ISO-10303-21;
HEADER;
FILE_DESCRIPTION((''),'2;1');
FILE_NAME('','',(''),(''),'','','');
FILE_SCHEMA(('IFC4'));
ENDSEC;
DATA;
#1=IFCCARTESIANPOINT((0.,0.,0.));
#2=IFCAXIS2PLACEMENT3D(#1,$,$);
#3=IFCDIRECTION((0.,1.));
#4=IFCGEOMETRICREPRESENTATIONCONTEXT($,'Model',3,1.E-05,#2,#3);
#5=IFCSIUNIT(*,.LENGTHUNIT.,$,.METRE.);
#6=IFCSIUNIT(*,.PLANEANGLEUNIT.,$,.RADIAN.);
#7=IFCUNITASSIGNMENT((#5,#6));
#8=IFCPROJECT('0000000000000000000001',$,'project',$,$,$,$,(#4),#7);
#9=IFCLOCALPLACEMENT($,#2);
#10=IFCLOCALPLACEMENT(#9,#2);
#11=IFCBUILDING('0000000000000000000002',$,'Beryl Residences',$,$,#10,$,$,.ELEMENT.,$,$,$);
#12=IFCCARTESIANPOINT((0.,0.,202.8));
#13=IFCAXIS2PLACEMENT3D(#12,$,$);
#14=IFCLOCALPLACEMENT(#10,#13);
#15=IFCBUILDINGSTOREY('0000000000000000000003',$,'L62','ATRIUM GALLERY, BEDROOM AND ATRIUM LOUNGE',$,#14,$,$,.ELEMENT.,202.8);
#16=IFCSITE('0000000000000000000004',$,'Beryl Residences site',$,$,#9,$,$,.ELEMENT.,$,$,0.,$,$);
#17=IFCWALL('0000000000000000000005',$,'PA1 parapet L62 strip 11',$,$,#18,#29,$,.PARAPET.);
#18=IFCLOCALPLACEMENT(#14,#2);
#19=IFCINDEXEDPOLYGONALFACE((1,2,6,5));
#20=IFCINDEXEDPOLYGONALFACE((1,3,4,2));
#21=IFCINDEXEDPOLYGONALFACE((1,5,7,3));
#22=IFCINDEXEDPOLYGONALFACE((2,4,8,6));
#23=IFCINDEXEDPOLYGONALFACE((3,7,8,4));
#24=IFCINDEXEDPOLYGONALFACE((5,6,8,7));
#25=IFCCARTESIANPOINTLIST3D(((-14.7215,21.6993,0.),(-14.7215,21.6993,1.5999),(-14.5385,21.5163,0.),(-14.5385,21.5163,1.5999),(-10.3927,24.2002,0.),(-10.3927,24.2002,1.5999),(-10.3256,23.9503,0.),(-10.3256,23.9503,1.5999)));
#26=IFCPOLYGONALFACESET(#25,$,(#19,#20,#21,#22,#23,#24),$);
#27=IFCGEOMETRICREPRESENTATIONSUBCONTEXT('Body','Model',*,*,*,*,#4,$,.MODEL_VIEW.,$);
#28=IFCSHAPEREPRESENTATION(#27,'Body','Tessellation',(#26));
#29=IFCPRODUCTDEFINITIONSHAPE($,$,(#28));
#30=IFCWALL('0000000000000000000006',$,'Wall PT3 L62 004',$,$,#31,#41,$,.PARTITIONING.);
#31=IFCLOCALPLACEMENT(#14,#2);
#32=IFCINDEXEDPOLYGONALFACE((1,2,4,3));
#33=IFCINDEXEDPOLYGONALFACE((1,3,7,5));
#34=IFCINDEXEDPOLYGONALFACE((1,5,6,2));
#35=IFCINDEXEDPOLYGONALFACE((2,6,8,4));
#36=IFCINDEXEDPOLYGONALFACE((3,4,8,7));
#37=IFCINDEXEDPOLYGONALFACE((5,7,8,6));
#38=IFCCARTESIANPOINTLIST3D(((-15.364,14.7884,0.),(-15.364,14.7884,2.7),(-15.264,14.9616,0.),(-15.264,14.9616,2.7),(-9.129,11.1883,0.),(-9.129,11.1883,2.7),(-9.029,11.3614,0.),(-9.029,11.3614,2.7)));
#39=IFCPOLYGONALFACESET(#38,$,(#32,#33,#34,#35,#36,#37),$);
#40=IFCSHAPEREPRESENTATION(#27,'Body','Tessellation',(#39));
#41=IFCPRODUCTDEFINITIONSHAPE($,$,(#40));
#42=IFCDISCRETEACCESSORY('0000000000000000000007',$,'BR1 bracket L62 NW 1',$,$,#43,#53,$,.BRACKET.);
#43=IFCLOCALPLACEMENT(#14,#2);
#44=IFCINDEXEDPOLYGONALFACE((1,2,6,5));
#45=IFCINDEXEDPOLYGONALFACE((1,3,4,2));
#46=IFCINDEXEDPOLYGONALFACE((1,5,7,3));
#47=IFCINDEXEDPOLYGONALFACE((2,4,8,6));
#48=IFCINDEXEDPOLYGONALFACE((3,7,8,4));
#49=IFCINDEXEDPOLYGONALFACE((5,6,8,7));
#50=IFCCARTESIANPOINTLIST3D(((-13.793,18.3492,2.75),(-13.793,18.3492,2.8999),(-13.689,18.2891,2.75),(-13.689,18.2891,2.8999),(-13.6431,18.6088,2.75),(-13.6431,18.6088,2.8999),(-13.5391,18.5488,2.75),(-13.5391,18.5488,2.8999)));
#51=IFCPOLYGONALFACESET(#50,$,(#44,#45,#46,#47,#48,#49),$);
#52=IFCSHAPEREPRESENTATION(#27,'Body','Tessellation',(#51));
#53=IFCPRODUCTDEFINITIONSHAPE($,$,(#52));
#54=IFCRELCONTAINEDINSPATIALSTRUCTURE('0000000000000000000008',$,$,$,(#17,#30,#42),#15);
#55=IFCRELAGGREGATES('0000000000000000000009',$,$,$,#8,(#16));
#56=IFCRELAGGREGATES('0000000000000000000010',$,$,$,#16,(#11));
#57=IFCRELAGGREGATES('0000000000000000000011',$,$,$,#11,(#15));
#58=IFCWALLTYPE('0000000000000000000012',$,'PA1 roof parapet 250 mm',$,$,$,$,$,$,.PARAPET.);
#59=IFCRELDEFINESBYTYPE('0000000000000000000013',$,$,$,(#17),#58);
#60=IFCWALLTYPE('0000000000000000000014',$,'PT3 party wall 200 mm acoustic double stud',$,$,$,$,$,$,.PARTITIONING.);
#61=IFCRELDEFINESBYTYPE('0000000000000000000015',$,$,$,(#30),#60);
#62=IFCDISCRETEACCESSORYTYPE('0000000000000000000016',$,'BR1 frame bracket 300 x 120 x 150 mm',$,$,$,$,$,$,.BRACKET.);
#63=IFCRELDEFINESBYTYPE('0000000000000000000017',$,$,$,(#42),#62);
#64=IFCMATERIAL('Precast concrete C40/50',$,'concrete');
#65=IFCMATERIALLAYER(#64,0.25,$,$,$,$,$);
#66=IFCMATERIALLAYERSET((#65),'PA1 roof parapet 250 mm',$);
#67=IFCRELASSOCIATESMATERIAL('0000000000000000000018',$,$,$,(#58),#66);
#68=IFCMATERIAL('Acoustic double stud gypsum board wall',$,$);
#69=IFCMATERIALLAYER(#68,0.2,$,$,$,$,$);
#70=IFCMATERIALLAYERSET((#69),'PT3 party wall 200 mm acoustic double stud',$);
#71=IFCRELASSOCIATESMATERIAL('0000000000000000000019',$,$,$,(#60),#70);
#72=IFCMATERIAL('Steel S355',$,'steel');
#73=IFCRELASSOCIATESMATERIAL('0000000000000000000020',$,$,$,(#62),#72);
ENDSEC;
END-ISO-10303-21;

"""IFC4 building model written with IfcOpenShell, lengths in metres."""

from ifc_helpers import new_model, si_unit, direction, frame, frame_2d, origin, place, context, subcontext, project, spatial, polyline, rectangle, outline, extrude, source, transform, mapped, material, layer, layer_set, type_object, type_shapes, element, save


model = new_model("IFC4")

# Units and contexts
model_context = context("Model", 3, precision=1e-05, world=origin(), true_north=direction((0.0, 1.0)))
body_context = subcontext(model_context, "Body", "Model", "MODEL_VIEW")
ifc_project = project(units=[si_unit("LENGTHUNIT", "METRE"), si_unit("PLANEANGLEUNIT", "RADIAN")], contexts=[model_context])

# Site, building, storey
site_placement = place(None, origin())
site = spatial("IfcSite", under=ifc_project, at=site_placement, Name="Beryl Residences site", CompositionType="ELEMENT", RefElevation=0.0)
building_placement = place(site_placement, origin())
building = spatial("IfcBuilding", under=site, at=building_placement, Name="Beryl Residences", CompositionType="ELEMENT")
storey_placement = place(building_placement, frame((0.0, 0.0, 202.8)))
storey = spatial("IfcBuildingStorey", under=building, at=storey_placement, Name="L62", Description="ATRIUM GALLERY, BEDROOM AND ATRIUM LOUNGE", CompositionType="ELEMENT", Elevation=202.8)

# Walls
ifc_material_1 = material(Name="Precast concrete C40/50", Category="concrete")
ifc_layer_1 = layer(ifc_material_1, 0.25)
ifc_layer_set_1 = layer_set([ifc_layer_1], Name="PA1 roof parapet 250 mm")
wall_type_1 = type_object("IfcWallType", Name="PA1 roof parapet 250 mm", PredefinedType="PARAPET", material=ifc_layer_set_1)
wall_1_placement = place(storey_placement, frame((-14.6589, 21.5911, 0.0), z_axis=(0.0, 0.0, 1.0), x_axis=(0.865877, 0.500256, 0.0)))
element("IfcWall", 1, at=wall_1_placement, inside=storey, type_object=wall_type_1, Name="PA1 parapet L62 strip 11", PredefinedType="PARAPET", context=body_context, shape_type="SweptSolid", body=[
    extrude(outline(polyline([(0.0669, -0.125), (4.9324, -0.125), (4.9993, 0.125), (0.0, 0.125), (0.0669, -0.125)])), origin(), (0.0, 0.0, 1.0), 1.5999),
])
ifc_material_2 = material(Name="Acoustic double stud gypsum board wall")
ifc_layer_2 = layer(ifc_material_2, 0.2)
ifc_layer_set_2 = layer_set([ifc_layer_2], Name="PT3 party wall 200 mm acoustic double stud")
wall_type_2 = type_object("IfcWallType", Name="PT3 party wall 200 mm acoustic double stud", PredefinedType="PARTITIONING", material=ifc_layer_set_2)
wall_2_placement = place(storey_placement, frame((-15.314, 14.875, 0.0), z_axis=(0.0, 0.0, 1.0), x_axis=(0.866001, -0.500041, 0.0)))
element("IfcWall", 2, at=wall_2_placement, inside=storey, type_object=wall_type_2, Name="Wall PT3 L62 004", PredefinedType="PARTITIONING", context=body_context, shape_type="SweptSolid", body=[
    extrude(rectangle(XDim=7.1997, YDim=0.2, at=frame_2d((3.5999, 0.0))), origin(), (0.0, 0.0, 1.0), 2.7),
])

# Discrete accessory
ifc_material_3 = material(Name="Steel S355", Category="steel")
discrete_accessory_type = type_object("IfcDiscreteAccessoryType", Name="BR1 frame bracket 300 x 120 x 150 mm", PredefinedType="BRACKET", material=ifc_material_3)
shared_shape_1 = source(origin(), body_context, "Body", "SweptSolid", [
    extrude(outline(polyline([(-0.1499, 0.0), (0.1499, 0.0), (0.1499, 0.1201), (-0.1499, 0.1201), (-0.1499, 0.0)])), origin(), (0.0, 0.0, 1.0), 0.1499),
])
type_shapes(discrete_accessory_type, [shared_shape_1])
discrete_accessory_placement = place(storey_placement, frame((-13.614, 18.4189, 2.75), z_axis=(0.0, 0.0, 1.0), x_axis=(0.5, 0.866025, 0.0)))
element("IfcDiscreteAccessory", 3, at=discrete_accessory_placement, inside=storey, type_object=discrete_accessory_type, Name="BR1 bracket L62 NW 1", PredefinedType="BRACKET", context=body_context, shape_type="MappedRepresentation", body=[
    mapped(shared_shape_1, transform((0.0, 0.0, 0.0))),
])

save(model, "model.ifc")
